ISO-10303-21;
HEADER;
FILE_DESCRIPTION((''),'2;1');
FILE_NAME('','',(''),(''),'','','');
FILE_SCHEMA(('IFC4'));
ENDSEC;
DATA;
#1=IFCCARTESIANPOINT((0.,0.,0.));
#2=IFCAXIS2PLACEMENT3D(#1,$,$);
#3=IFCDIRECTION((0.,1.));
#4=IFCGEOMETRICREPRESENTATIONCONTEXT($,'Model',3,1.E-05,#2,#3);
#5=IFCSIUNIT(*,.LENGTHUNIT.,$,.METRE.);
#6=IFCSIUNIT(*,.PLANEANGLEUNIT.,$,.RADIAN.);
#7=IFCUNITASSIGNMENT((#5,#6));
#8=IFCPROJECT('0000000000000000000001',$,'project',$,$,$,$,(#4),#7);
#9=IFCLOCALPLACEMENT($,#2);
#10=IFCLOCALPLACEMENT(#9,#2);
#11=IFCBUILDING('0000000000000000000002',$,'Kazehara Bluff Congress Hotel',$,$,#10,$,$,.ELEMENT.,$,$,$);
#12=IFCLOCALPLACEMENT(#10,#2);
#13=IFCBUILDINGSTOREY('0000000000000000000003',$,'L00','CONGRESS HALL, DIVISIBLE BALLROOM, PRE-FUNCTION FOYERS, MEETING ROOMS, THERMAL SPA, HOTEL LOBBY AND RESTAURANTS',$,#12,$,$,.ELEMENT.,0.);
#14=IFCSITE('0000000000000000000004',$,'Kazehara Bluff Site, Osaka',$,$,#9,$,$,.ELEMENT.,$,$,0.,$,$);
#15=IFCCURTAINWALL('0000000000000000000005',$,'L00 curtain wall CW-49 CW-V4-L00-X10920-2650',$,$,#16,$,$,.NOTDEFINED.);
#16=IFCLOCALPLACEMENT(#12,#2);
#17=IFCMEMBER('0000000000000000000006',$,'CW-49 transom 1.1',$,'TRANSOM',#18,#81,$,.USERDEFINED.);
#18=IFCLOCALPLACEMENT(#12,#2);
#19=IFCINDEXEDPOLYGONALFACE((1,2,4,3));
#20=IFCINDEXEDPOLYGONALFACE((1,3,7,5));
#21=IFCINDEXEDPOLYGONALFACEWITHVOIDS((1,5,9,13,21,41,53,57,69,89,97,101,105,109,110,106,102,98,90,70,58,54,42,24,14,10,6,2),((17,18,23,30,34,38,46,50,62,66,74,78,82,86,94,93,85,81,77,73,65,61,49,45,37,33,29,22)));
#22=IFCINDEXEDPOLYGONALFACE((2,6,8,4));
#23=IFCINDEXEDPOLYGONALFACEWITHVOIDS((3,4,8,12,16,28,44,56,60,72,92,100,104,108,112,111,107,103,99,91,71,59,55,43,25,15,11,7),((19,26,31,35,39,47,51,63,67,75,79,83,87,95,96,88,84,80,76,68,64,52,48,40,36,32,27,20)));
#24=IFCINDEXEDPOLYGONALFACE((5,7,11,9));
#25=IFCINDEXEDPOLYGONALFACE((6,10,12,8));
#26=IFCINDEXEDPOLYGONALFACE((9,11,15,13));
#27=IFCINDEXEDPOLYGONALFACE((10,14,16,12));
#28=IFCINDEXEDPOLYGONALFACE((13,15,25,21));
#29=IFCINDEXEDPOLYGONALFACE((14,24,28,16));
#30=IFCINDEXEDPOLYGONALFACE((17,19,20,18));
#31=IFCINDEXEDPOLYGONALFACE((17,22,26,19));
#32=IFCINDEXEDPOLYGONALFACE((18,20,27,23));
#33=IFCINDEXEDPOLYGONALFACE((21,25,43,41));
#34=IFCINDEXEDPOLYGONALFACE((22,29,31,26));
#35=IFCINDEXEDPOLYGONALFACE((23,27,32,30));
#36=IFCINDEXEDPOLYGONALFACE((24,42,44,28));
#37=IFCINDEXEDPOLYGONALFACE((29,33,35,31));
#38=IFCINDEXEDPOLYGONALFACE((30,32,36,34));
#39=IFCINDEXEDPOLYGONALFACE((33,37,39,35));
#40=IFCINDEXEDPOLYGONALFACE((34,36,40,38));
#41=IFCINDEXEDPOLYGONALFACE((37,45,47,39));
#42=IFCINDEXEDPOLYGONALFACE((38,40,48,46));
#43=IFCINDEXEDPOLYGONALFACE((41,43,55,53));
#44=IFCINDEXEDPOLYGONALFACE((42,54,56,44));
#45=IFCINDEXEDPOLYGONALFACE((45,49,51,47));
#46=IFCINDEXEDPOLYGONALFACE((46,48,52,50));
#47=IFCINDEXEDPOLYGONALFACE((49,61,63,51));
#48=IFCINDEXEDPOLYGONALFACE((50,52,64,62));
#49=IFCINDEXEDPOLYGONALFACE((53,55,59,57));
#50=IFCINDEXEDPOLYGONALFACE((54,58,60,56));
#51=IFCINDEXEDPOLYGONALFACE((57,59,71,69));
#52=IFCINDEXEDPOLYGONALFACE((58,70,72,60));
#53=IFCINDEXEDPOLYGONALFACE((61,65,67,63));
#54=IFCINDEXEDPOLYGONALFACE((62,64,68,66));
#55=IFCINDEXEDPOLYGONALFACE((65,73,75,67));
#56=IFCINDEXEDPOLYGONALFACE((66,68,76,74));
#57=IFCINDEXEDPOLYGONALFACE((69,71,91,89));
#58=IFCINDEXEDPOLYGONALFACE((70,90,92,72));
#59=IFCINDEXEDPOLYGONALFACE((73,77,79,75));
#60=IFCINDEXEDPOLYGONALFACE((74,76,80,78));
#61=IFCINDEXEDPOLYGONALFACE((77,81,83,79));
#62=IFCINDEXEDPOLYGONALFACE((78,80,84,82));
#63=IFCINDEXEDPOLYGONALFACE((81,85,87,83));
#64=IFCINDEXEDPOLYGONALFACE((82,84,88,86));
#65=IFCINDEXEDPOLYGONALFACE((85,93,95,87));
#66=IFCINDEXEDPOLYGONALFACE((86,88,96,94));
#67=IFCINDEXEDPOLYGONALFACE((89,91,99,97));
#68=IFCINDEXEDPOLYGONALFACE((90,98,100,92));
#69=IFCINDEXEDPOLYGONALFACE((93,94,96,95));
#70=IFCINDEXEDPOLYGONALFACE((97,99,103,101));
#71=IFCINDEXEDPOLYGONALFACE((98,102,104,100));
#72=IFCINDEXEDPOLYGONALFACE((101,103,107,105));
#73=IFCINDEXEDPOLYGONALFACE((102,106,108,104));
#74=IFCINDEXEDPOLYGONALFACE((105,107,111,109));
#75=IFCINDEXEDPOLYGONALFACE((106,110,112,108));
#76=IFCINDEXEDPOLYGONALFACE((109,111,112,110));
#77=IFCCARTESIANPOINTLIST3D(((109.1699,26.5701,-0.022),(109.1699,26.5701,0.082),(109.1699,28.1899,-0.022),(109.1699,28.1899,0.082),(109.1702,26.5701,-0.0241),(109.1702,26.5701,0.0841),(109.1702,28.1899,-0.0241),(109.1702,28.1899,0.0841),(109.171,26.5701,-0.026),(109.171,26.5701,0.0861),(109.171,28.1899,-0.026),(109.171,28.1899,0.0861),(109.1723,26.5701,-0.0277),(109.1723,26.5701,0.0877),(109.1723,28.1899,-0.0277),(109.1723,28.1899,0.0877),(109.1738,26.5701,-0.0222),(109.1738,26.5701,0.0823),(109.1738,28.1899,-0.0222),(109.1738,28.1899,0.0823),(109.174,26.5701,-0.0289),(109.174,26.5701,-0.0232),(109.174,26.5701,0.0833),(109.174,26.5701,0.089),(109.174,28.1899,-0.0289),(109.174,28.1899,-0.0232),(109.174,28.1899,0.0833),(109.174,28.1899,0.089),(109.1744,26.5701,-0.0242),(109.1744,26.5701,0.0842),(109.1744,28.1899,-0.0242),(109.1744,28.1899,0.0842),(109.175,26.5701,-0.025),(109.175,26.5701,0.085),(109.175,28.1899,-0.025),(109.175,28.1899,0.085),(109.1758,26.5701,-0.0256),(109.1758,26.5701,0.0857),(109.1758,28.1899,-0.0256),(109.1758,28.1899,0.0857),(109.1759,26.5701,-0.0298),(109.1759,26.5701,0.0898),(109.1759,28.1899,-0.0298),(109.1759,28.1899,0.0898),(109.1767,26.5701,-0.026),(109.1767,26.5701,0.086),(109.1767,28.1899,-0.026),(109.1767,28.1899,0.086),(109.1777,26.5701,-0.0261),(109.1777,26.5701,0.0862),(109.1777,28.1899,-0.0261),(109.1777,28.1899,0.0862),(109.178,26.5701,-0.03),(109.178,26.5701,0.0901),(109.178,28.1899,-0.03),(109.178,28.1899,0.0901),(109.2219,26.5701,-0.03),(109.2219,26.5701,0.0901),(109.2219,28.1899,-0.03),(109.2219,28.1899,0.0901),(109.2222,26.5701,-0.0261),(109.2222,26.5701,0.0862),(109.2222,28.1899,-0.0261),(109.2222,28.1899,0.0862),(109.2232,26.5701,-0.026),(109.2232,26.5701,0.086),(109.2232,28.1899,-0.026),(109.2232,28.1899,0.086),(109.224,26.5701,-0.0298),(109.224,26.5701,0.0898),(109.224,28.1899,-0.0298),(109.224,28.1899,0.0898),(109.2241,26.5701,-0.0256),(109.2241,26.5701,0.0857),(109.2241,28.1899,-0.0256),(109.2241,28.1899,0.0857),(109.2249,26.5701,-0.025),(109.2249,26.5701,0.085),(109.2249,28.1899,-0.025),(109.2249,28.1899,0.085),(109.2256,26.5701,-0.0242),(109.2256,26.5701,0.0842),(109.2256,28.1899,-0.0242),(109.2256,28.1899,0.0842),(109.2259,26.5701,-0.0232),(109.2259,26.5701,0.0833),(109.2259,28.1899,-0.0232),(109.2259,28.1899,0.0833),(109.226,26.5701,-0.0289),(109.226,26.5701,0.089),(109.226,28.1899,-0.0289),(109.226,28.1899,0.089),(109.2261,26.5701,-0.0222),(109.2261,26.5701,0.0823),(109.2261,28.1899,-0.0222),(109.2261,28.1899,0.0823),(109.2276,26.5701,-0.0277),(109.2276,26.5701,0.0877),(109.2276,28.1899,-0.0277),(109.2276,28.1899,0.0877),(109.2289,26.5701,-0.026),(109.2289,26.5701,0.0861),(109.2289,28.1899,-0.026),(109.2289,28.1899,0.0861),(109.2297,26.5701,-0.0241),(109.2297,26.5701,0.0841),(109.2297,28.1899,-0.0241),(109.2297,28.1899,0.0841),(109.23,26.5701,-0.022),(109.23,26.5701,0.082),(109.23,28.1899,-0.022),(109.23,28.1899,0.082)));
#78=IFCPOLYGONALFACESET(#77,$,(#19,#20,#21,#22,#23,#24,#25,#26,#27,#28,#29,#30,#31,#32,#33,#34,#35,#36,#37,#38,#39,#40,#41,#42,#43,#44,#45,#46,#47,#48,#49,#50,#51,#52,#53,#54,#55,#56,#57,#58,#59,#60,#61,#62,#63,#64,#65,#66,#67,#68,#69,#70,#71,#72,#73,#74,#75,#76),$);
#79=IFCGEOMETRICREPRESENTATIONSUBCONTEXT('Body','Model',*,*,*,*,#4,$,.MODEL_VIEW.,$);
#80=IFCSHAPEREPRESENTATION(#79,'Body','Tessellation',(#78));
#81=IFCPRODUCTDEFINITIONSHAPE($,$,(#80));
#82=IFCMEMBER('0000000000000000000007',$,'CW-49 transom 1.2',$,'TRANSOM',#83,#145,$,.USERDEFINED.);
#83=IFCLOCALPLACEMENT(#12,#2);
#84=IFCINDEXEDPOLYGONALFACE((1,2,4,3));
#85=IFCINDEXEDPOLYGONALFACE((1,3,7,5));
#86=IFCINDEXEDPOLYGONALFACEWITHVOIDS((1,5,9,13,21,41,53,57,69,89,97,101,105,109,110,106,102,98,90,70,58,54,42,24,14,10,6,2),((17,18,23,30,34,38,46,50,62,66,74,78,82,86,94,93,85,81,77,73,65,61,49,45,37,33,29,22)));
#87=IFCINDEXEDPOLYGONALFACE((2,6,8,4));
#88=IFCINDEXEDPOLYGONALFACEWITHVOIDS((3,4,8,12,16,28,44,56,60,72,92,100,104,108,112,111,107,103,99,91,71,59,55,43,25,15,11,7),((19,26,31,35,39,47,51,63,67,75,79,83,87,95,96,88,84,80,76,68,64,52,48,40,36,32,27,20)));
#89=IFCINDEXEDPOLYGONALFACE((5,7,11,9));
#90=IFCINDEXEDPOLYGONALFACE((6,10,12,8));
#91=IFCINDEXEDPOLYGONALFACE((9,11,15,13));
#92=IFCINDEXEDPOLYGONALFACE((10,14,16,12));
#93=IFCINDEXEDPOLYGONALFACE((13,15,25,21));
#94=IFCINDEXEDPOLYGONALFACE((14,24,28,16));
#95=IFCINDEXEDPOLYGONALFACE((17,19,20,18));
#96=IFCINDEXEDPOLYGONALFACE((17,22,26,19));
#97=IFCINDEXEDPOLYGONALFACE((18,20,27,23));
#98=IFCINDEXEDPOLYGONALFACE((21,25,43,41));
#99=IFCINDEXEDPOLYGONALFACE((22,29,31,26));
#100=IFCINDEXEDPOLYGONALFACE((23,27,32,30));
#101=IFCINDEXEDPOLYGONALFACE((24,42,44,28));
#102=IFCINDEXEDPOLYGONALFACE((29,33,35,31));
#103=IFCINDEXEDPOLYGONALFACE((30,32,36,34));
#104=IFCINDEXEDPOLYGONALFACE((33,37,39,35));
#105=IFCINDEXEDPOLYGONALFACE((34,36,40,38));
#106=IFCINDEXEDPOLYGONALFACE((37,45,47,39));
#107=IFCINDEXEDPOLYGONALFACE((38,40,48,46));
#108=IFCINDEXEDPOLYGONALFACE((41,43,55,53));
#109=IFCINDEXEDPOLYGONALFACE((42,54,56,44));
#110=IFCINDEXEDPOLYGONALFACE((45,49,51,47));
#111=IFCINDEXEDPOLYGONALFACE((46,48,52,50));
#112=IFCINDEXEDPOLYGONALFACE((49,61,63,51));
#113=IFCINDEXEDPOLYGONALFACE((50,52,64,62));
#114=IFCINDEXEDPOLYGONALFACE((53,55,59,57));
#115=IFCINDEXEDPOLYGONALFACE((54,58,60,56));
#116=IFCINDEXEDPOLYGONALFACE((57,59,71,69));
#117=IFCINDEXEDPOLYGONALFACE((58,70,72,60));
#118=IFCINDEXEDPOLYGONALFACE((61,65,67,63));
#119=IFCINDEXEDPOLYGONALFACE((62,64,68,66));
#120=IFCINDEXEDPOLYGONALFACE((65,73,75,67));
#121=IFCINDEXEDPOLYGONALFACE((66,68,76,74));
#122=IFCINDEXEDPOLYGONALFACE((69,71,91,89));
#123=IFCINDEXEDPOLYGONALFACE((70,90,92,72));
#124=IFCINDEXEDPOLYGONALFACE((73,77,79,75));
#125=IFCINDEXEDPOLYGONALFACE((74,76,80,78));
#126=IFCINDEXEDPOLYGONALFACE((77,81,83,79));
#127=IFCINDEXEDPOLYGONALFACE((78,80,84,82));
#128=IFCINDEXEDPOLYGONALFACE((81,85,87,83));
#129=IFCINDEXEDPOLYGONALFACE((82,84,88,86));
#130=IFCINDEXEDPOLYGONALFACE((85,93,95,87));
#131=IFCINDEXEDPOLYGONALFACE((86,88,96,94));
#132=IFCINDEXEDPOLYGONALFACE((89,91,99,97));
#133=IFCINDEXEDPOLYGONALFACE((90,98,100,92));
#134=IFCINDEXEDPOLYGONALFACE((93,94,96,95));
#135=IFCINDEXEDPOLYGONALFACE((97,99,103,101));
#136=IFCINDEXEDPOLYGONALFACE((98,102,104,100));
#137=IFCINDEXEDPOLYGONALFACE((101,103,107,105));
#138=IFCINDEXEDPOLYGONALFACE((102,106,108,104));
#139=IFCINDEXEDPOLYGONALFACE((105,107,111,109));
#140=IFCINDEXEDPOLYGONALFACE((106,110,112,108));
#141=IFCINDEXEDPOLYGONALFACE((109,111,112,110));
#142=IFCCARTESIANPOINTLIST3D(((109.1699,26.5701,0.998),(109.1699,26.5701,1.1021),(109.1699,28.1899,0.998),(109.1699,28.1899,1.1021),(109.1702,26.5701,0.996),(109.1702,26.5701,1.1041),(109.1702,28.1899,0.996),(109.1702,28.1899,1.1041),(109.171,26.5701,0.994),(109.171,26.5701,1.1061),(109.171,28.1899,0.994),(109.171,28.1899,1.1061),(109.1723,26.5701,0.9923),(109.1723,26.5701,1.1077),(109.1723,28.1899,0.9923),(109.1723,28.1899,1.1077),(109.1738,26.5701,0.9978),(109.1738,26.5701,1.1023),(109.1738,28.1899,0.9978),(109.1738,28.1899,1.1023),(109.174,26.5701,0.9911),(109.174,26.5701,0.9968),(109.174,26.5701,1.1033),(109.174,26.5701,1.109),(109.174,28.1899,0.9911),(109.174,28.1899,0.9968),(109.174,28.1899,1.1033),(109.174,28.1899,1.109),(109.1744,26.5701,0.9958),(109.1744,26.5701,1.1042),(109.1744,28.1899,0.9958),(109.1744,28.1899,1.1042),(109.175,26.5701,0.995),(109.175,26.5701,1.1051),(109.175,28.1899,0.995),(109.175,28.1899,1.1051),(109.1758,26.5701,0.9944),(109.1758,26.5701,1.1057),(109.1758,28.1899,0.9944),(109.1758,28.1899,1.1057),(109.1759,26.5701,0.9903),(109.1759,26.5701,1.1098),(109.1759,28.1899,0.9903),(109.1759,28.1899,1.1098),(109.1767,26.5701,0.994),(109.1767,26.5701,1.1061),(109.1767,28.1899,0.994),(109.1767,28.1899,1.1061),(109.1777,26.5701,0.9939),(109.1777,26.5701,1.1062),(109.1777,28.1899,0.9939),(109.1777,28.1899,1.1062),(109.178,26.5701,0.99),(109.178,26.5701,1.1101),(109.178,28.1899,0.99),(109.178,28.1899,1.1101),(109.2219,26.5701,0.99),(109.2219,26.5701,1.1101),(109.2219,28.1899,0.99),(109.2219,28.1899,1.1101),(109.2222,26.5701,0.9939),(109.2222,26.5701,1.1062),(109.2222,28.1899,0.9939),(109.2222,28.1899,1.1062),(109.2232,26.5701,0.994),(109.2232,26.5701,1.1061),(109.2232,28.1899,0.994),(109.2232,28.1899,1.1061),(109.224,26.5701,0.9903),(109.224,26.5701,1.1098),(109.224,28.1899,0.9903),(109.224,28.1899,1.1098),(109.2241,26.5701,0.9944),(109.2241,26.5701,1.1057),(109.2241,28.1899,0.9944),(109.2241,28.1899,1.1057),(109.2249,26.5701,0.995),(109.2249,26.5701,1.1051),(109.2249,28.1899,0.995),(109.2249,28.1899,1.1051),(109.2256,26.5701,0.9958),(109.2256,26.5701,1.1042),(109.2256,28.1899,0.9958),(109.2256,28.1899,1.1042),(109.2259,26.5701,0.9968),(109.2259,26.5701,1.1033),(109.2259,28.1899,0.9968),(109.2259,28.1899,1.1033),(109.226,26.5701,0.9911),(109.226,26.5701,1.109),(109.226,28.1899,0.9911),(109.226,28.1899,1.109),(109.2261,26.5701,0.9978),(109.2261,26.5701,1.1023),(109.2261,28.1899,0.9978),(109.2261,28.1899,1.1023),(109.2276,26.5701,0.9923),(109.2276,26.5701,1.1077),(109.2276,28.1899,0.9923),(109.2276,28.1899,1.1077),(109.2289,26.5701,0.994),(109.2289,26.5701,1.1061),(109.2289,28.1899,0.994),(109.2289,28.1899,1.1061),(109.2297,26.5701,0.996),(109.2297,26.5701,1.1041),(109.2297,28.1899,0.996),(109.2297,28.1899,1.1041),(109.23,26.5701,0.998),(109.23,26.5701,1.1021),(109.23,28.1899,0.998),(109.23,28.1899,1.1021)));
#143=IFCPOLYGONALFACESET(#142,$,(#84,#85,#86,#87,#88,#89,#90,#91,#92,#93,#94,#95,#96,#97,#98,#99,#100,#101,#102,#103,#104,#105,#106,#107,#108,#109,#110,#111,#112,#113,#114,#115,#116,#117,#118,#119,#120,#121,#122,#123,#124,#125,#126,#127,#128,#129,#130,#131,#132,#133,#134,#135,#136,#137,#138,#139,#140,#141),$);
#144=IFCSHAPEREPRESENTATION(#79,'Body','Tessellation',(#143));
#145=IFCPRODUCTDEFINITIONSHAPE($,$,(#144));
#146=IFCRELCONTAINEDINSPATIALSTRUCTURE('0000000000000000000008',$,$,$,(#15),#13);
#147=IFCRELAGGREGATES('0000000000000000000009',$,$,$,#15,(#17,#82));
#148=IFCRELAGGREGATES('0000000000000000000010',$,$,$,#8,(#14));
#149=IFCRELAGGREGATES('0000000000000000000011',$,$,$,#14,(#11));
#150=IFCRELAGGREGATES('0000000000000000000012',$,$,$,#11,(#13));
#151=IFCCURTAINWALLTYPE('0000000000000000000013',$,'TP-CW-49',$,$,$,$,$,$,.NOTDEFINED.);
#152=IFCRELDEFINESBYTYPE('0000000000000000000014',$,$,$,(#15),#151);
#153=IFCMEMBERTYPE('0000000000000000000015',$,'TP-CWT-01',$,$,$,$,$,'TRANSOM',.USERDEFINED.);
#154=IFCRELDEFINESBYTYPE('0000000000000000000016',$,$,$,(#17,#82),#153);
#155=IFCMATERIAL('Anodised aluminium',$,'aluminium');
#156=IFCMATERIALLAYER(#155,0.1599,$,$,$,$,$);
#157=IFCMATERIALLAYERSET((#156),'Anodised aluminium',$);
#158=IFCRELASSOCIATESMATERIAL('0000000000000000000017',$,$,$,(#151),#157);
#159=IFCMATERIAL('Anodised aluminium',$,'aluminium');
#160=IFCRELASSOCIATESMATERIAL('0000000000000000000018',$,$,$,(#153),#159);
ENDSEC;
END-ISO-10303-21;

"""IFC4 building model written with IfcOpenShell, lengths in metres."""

from ifc_helpers import new_model, si_unit, direction, frame, origin, origin_2d, place, context, subcontext, project, spatial, hollow_rectangle, extrude, material, layer, layer_set, material_profile, profile_set, type_object, element, aggregate, save


model = new_model("IFC4")

# Units and contexts
model_context = context("Model", 3, precision=1e-05, world=origin(), true_north=direction((0.0, 1.0)))
body_context = subcontext(model_context, "Body", "Model", "MODEL_VIEW")
ifc_project = project(units=[si_unit("LENGTHUNIT", "METRE"), si_unit("PLANEANGLEUNIT", "RADIAN")], contexts=[model_context])

# Site, building, storey
site_placement = place(None, origin())
site = spatial("IfcSite", under=ifc_project, at=site_placement, Name="Kazehara Bluff Site, Osaka", CompositionType="ELEMENT", RefElevation=0.0)
building_placement = place(site_placement, origin())
building = spatial("IfcBuilding", under=site, at=building_placement, Name="Kazehara Bluff Congress Hotel", CompositionType="ELEMENT")
storey_placement = place(building_placement, origin())
storey = spatial("IfcBuildingStorey", under=building, at=storey_placement, Name="L00", Description="CONGRESS HALL, DIVISIBLE BALLROOM, PRE-FUNCTION FOYERS, MEETING ROOMS, THERMAL SPA, HOTEL LOBBY AND RESTAURANTS", CompositionType="ELEMENT", Elevation=0.0)

# Curtain wall, members
ifc_material_1 = material(Name="Anodised aluminium", Category="aluminium")
ifc_layer_1 = layer(ifc_material_1, 0.1599)
ifc_layer_set_1 = layer_set([ifc_layer_1], Name="Anodised aluminium")
curtain_wall_type = type_object("IfcCurtainWallType", Name="TP-CW-49", PredefinedType="NOTDEFINED", material=ifc_layer_set_1)
curtain_wall_placement = place(storey_placement, origin())
curtain_wall = element("IfcCurtainWall", 1, at=curtain_wall_placement, inside=storey, type_object=curtain_wall_type, Name="L00 curtain wall CW-49 CW-V4-L00-X10920-2650", PredefinedType="NOTDEFINED")
ifc_material_2 = material(Name="Anodised aluminium", Category="aluminium")
ifc_material_profile_1 = material_profile(ifc_material_2, hollow_rectangle(XDim=0.0601, YDim=0.1201, WallThickness=0.0039, InnerFilletRadius=0.0039, OuterFilletRadius=0.0081, at=origin_2d()))
ifc_profile_set_1 = profile_set([ifc_material_profile_1], Name="Anodised aluminium")
member_type_1 = type_object("IfcMemberType", Name="TP-CWT-01", ElementType="TRANSOM", PredefinedType="USERDEFINED", material=ifc_profile_set_1)
member_1_placement = place(storey_placement, frame((109.2, 26.5701, 0.03), z_axis=(0.0, 1.0, 0.0), x_axis=(-1.0, 0.0, 0.0)))
member_1 = element("IfcMember", 2, at=member_1_placement, type_object=member_type_1, Name="CW-49 transom 1.1", ObjectType="TRANSOM", PredefinedType="USERDEFINED", context=body_context, shape_type="SweptSolid", body=[
    extrude(hollow_rectangle(XDim=0.0601, YDim=0.1201, WallThickness=0.0039, InnerFilletRadius=0.0039, OuterFilletRadius=0.0081, at=origin_2d()), origin(), (0.0, 0.0, 1.0), 1.6199),
])
member_2_placement = place(storey_placement, frame((109.2, 26.5701, 1.05), z_axis=(0.0, 1.0, 0.0), x_axis=(-1.0, 0.0, 0.0)))
member_2 = element("IfcMember", 3, at=member_2_placement, type_object=member_type_1, Name="CW-49 transom 1.2", ObjectType="TRANSOM", PredefinedType="USERDEFINED", context=body_context, shape_type="SweptSolid", body=[
    extrude(hollow_rectangle(XDim=0.0601, YDim=0.1201, WallThickness=0.0039, InnerFilletRadius=0.0039, OuterFilletRadius=0.0081, at=origin_2d()), origin(), (0.0, 0.0, 1.0), 1.6199),
])

aggregate(curtain_wall, [member_1, member_2])

save(model, "model.ifc")
